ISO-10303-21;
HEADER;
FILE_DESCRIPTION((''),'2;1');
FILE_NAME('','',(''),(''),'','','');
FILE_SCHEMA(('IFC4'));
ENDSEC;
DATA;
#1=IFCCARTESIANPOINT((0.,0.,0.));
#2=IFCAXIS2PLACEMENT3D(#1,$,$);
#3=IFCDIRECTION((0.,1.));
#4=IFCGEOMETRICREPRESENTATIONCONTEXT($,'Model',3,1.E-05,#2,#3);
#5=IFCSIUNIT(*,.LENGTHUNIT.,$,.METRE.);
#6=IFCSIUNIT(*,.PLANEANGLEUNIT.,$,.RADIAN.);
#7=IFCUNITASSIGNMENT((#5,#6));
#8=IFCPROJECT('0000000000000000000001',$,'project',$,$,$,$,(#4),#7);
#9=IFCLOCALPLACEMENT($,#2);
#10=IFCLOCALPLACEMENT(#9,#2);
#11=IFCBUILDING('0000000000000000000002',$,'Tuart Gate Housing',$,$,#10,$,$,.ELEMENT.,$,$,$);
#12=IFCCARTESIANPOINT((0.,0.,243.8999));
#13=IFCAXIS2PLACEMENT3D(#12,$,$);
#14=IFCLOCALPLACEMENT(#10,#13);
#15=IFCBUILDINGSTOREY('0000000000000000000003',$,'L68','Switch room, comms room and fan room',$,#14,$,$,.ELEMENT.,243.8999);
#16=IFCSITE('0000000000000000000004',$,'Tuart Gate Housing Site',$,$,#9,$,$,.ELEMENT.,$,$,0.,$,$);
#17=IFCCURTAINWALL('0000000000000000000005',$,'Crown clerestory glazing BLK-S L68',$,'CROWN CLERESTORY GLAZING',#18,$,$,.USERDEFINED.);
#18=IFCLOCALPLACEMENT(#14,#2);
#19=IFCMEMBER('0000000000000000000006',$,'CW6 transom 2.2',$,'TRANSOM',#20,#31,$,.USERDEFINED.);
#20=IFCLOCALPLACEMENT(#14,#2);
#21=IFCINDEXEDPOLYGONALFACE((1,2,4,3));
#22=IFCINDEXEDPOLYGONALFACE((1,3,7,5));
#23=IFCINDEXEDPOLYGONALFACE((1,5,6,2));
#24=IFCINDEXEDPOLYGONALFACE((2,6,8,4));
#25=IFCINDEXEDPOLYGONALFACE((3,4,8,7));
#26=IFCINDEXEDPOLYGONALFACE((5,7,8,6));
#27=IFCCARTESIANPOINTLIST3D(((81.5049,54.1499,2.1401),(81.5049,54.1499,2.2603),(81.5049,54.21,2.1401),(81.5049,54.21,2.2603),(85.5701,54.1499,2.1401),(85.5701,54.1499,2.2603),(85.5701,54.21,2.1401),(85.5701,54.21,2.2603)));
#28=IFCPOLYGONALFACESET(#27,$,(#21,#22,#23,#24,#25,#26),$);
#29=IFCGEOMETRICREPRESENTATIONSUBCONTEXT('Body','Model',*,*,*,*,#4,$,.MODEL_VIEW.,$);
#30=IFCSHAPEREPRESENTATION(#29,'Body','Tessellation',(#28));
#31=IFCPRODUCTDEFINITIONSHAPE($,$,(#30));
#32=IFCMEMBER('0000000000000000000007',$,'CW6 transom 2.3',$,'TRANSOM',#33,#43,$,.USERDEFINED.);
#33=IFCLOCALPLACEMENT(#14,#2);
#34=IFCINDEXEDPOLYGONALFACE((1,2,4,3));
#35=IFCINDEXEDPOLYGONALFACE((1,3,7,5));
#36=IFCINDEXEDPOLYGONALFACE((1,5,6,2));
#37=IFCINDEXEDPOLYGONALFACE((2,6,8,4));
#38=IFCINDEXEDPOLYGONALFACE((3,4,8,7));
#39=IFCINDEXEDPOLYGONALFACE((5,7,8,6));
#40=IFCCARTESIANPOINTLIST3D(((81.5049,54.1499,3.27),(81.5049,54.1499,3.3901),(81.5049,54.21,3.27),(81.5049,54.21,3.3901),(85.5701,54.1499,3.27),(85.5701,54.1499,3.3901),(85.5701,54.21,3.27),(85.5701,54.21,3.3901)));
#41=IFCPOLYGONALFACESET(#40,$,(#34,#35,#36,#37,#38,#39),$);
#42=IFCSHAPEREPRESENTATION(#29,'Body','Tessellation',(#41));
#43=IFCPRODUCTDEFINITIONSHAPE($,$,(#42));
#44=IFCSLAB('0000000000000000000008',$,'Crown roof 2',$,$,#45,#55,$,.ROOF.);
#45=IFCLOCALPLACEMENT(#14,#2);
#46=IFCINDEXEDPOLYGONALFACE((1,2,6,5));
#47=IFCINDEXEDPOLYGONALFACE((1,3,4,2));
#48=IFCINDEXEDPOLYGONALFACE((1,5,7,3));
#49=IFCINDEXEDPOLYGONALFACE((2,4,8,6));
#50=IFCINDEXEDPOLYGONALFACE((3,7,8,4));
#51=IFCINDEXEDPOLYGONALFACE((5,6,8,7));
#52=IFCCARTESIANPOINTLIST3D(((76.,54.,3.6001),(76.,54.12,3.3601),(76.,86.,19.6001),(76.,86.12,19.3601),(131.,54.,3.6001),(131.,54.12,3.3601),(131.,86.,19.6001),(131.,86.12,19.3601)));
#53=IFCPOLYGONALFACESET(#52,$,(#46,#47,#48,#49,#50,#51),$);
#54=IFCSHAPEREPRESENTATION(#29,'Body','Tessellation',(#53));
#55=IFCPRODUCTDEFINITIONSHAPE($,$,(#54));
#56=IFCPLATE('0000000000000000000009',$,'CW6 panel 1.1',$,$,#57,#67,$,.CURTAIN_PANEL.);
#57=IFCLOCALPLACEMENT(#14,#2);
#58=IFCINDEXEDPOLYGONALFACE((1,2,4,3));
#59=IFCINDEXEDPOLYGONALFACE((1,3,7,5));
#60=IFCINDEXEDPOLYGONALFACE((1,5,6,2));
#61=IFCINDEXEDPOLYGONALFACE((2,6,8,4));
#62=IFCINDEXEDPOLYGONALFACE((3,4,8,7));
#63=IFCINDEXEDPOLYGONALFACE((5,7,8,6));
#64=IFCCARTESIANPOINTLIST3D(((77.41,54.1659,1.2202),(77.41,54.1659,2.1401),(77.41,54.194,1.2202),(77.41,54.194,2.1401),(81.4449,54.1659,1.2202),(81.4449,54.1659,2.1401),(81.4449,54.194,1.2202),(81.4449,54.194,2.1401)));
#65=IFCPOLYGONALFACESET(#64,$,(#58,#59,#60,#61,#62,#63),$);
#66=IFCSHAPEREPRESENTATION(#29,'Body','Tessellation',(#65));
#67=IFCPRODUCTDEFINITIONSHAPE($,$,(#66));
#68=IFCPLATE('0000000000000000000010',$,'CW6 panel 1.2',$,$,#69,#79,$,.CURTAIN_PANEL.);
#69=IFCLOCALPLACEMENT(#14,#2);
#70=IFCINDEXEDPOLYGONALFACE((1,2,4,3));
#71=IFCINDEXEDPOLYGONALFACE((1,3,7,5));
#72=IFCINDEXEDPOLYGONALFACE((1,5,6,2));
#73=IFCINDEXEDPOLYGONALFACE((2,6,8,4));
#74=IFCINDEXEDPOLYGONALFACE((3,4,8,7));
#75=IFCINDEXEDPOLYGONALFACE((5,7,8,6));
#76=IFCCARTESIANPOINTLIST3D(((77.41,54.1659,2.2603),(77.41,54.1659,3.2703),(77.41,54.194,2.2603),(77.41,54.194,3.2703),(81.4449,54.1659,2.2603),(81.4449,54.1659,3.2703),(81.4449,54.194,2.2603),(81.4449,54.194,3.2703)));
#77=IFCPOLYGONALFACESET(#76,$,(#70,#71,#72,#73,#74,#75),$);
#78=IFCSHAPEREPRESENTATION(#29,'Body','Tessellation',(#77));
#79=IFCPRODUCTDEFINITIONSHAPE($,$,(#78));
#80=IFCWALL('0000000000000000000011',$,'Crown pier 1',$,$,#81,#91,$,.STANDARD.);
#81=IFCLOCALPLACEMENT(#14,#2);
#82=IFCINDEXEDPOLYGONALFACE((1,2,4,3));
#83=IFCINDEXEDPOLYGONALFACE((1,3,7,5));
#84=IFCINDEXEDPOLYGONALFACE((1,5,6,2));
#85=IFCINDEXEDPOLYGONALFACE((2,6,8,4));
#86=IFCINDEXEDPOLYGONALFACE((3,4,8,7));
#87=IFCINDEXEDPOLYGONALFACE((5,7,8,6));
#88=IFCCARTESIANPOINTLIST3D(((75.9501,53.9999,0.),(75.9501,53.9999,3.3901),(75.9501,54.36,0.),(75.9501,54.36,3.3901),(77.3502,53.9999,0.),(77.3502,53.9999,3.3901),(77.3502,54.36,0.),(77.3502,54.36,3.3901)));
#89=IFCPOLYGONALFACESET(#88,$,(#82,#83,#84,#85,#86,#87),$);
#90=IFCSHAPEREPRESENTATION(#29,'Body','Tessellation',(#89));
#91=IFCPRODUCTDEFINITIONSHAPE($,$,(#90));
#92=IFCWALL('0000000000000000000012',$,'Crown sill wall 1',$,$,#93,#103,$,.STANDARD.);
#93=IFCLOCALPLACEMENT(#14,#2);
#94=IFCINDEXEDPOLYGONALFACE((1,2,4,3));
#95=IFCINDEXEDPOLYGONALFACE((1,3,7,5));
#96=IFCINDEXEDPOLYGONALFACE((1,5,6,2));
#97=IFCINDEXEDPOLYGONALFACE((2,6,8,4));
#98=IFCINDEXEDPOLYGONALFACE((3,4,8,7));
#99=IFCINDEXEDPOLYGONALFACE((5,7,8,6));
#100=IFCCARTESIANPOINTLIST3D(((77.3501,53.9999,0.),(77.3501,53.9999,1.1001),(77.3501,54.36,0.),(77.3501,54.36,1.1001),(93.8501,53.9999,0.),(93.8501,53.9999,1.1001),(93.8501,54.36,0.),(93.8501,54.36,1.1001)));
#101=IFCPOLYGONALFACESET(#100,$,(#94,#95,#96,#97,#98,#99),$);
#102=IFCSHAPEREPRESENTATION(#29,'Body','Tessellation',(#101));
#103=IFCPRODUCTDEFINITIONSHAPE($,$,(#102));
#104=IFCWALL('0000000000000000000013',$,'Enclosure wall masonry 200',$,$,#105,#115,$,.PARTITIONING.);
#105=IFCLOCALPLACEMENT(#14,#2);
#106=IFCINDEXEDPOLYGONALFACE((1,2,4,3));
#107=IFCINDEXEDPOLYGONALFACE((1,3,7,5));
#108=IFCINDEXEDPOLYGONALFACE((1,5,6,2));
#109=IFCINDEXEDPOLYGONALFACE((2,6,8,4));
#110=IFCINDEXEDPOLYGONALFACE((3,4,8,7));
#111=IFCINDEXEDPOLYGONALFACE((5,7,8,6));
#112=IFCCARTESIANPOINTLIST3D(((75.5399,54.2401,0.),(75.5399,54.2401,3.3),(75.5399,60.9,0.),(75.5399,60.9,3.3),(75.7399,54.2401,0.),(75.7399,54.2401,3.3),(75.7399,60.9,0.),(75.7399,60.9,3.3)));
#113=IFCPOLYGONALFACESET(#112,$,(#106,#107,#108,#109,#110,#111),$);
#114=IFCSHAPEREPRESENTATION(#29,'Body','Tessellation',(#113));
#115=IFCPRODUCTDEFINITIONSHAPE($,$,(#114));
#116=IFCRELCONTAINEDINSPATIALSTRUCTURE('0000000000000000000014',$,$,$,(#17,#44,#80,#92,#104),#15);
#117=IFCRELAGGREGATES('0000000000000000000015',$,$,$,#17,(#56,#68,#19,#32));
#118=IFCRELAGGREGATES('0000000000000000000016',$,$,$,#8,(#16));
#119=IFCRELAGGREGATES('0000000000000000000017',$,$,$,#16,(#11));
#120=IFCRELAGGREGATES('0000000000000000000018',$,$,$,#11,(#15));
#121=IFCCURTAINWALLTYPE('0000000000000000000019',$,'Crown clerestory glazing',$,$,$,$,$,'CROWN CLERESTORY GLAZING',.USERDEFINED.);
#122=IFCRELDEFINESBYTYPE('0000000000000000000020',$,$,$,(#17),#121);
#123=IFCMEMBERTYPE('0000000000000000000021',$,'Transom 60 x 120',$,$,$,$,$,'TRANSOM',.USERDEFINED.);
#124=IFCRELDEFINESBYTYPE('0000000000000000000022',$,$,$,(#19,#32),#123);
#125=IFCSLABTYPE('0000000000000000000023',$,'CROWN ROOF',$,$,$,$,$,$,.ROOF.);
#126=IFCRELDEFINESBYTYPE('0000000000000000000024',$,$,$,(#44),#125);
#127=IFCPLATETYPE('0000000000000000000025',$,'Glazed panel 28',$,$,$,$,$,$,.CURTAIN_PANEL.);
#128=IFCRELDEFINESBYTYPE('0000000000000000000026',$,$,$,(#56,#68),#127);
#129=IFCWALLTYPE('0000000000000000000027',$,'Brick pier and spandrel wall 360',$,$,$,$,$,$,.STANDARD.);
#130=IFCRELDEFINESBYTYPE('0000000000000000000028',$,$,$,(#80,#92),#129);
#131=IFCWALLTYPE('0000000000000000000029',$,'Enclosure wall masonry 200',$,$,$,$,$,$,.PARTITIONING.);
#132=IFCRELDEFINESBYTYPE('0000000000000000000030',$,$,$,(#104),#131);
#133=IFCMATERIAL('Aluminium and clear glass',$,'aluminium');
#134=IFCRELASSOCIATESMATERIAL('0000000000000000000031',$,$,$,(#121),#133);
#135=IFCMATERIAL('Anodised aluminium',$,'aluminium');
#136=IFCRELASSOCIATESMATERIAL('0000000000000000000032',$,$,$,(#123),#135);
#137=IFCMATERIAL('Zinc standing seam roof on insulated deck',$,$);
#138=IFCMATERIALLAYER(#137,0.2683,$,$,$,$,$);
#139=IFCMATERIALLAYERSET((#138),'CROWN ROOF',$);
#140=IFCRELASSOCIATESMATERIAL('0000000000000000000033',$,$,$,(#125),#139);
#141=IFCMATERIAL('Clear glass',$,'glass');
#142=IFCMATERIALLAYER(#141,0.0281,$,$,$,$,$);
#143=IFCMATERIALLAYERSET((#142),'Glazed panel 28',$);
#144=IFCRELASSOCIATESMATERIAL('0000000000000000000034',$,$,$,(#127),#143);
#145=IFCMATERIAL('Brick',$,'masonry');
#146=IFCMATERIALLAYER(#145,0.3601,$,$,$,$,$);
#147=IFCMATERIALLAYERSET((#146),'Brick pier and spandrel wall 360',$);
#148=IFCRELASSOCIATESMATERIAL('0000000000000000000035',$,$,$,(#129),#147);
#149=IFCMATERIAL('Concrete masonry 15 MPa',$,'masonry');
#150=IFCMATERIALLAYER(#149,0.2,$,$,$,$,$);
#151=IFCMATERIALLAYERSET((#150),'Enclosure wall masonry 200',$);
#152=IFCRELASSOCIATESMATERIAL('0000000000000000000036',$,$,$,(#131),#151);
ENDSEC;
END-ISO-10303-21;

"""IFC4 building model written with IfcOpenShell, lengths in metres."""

from ifc_helpers import new_model, si_unit, direction, frame, frame_2d, origin, origin_2d, place, context, subcontext, project, spatial, polyline, rectangle, outline, extrude, material, layer, layer_set, material_profile, profile_set, type_object, element, aggregate, save


model = new_model("IFC4")

# Units and contexts
model_context = context("Model", 3, precision=1e-05, world=origin(), true_north=direction((0.0, 1.0)))
body_context = subcontext(model_context, "Body", "Model", "MODEL_VIEW")
ifc_project = project(units=[si_unit("LENGTHUNIT", "METRE"), si_unit("PLANEANGLEUNIT", "RADIAN")], contexts=[model_context])

# Site, building, storey
site_placement = place(None, origin())
site = spatial("IfcSite", under=ifc_project, at=site_placement, Name="Tuart Gate Housing Site", CompositionType="ELEMENT", RefElevation=0.0)
building_placement = place(site_placement, origin())
building = spatial("IfcBuilding", under=site, at=building_placement, Name="Tuart Gate Housing", CompositionType="ELEMENT")
storey_placement = place(building_placement, frame((0.0, 0.0, 243.8999)))
storey = spatial("IfcBuildingStorey", under=building, at=storey_placement, Name="L68", Description="Switch room, comms room and fan room", CompositionType="ELEMENT", Elevation=243.8999)

# Curtain wall, members
ifc_material_1 = material(Name="Aluminium and clear glass", Category="aluminium")
curtain_wall_type = type_object("IfcCurtainWallType", Name="Crown clerestory glazing", ElementType="CROWN CLERESTORY GLAZING", PredefinedType="USERDEFINED", material=ifc_material_1)
curtain_wall_placement = place(storey_placement, origin())
curtain_wall = element("IfcCurtainWall", 1, at=curtain_wall_placement, inside=storey, type_object=curtain_wall_type, Name="Crown clerestory glazing BLK-S L68", ObjectType="CROWN CLERESTORY GLAZING", PredefinedType="USERDEFINED")
ifc_material_2 = material(Name="Anodised aluminium", Category="aluminium")
ifc_material_profile_1 = material_profile(ifc_material_2, rectangle(XDim=0.0601, YDim=0.1201, at=origin_2d()), Name="60x120")
ifc_profile_set_1 = profile_set([ifc_material_profile_1], Name="Anodised aluminium")
member_type_1 = type_object("IfcMemberType", Name="Transom 60 x 120", ElementType="TRANSOM", PredefinedType="USERDEFINED", material=ifc_profile_set_1)
member_1_placement = place(storey_placement, frame((81.5049, 54.1799, 2.2002), z_axis=(1.0, 0.0, 0.0), x_axis=(0.0, 1.0, 0.0)))
member_1 = element("IfcMember", 2, at=member_1_placement, type_object=member_type_1, Name="CW6 transom 2.2", ObjectType="TRANSOM", PredefinedType="USERDEFINED", context=body_context, shape_type="SweptSolid", body=[
    extrude(rectangle(XDim=0.0601, YDim=0.1201, at=origin_2d()), origin(), (0.0, 0.0, 1.0), 4.0652),
])
member_2_placement = place(storey_placement, frame((81.5049, 54.1799, 3.3301), z_axis=(1.0, 0.0, 0.0), x_axis=(0.0, 1.0, 0.0)))
member_2 = element("IfcMember", 3, at=member_2_placement, type_object=member_type_1, Name="CW6 transom 2.3", ObjectType="TRANSOM", PredefinedType="USERDEFINED", context=body_context, shape_type="SweptSolid", body=[
    extrude(rectangle(XDim=0.0601, YDim=0.1201, at=origin_2d()), origin(), (0.0, 0.0, 1.0), 4.0652),
])

# Slab
ifc_material_3 = material(Name="Zinc standing seam roof on insulated deck")
ifc_layer_1 = layer(ifc_material_3, 0.2683)
ifc_layer_set_1 = layer_set([ifc_layer_1], Name="CROWN ROOF")
slab_type = type_object("IfcSlabType", Name="CROWN ROOF", PredefinedType="ROOF", material=ifc_layer_set_1)
slab_placement = place(storey_placement, frame((76.0, 54.0, 3.6001), z_axis=(0.0, -0.447214, 0.894427), x_axis=(0.0, 0.894427, 0.447214)))
element("IfcSlab", 4, at=slab_placement, inside=storey, type_object=slab_type, Name="Crown roof 2", PredefinedType="ROOF", context=body_context, shape_type="SweptSolid", body=[
    extrude(outline(polyline([(0.0, 0.0), (35.7771, 0.0), (35.7771, -55.0), (0.0, -55.0), (0.0, 0.0)])), origin(), (0.0, 0.0, -1.0), 0.2683),
])

# Plates
ifc_material_4 = material(Name="Clear glass", Category="glass")
ifc_layer_2 = layer(ifc_material_4, 0.0281)
ifc_layer_set_2 = layer_set([ifc_layer_2], Name="Glazed panel 28")
plate_type = type_object("IfcPlateType", Name="Glazed panel 28", PredefinedType="CURTAIN_PANEL", material=ifc_layer_set_2)
plate_1_placement = place(storey_placement, frame((79.4275, 54.1799, 1.2202), z_axis=(0.0, 0.0, 1.0), x_axis=(1.0, 0.0, 0.0)))
plate_1 = element("IfcPlate", 5, at=plate_1_placement, type_object=plate_type, Name="CW6 panel 1.1", PredefinedType="CURTAIN_PANEL", context=body_context, shape_type="SweptSolid", body=[
    extrude(rectangle(XDim=4.0349, YDim=0.0281, at=origin_2d()), origin(), (0.0, 0.0, 1.0), 0.9199),
])
plate_2_placement = place(storey_placement, frame((79.4275, 54.1799, 2.2603), z_axis=(0.0, 0.0, 1.0), x_axis=(1.0, 0.0, 0.0)))
plate_2 = element("IfcPlate", 6, at=plate_2_placement, type_object=plate_type, Name="CW6 panel 1.2", PredefinedType="CURTAIN_PANEL", context=body_context, shape_type="SweptSolid", body=[
    extrude(rectangle(XDim=4.0349, YDim=0.0281, at=origin_2d()), origin(), (0.0, 0.0, 1.0), 1.01),
])
aggregate(curtain_wall, [plate_1, plate_2, member_1, member_2])

# Walls
ifc_material_5 = material(Name="Brick", Category="masonry")
ifc_layer_3 = layer(ifc_material_5, 0.3601)
ifc_layer_set_3 = layer_set([ifc_layer_3], Name="Brick pier and spandrel wall 360")
wall_type_1 = type_object("IfcWallType", Name="Brick pier and spandrel wall 360", PredefinedType="STANDARD", material=ifc_layer_set_3)
wall_1_placement = place(storey_placement, frame((75.95, 54.1799, 0.0), z_axis=(0.0, 0.0, 1.0), x_axis=(1.0, 0.0, 0.0)))
element("IfcWall", 7, at=wall_1_placement, inside=storey, type_object=wall_type_1, Name="Crown pier 1", PredefinedType="STANDARD", context=body_context, shape_type="SweptSolid", body=[
    extrude(rectangle(XDim=1.4001, YDim=0.3601, at=frame_2d((0.7002, 0.0))), origin(), (0.0, 0.0, 1.0), 3.3901),
])
wall_2_placement = place(storey_placement, frame((77.3501, 54.1799, 0.0), z_axis=(0.0, 0.0, 1.0), x_axis=(1.0, 0.0, 0.0)))
element("IfcWall", 8, at=wall_2_placement, inside=storey, type_object=wall_type_1, Name="Crown sill wall 1", PredefinedType="STANDARD", context=body_context, shape_type="SweptSolid", body=[
    extrude(rectangle(XDim=16.5, YDim=0.3601, at=frame_2d((8.25, 0.0))), origin(), (0.0, 0.0, 1.0), 1.1001),
])
ifc_material_6 = material(Name="Concrete masonry 15 MPa", Category="masonry")
ifc_layer_4 = layer(ifc_material_6, 0.2)
ifc_layer_set_4 = layer_set([ifc_layer_4], Name="Enclosure wall masonry 200")
wall_type_2 = type_object("IfcWallType", Name="Enclosure wall masonry 200", PredefinedType="PARTITIONING", material=ifc_layer_set_4)
wall_3_placement = place(storey_placement, frame((75.6399, 54.24, 0.0), z_axis=(0.0, 0.0, 1.0), x_axis=(0.0, 1.0, 0.0)))
element("IfcWall", 9, at=wall_3_placement, inside=storey, type_object=wall_type_2, Name="Enclosure wall masonry 200", PredefinedType="PARTITIONING", context=body_context, shape_type="SweptSolid", body=[
    extrude(rectangle(XDim=6.6599, YDim=0.2, at=frame_2d((3.3301, 0.0))), origin(), (0.0, 0.0, 1.0), 3.3),
])

save(model, "model.ifc")
